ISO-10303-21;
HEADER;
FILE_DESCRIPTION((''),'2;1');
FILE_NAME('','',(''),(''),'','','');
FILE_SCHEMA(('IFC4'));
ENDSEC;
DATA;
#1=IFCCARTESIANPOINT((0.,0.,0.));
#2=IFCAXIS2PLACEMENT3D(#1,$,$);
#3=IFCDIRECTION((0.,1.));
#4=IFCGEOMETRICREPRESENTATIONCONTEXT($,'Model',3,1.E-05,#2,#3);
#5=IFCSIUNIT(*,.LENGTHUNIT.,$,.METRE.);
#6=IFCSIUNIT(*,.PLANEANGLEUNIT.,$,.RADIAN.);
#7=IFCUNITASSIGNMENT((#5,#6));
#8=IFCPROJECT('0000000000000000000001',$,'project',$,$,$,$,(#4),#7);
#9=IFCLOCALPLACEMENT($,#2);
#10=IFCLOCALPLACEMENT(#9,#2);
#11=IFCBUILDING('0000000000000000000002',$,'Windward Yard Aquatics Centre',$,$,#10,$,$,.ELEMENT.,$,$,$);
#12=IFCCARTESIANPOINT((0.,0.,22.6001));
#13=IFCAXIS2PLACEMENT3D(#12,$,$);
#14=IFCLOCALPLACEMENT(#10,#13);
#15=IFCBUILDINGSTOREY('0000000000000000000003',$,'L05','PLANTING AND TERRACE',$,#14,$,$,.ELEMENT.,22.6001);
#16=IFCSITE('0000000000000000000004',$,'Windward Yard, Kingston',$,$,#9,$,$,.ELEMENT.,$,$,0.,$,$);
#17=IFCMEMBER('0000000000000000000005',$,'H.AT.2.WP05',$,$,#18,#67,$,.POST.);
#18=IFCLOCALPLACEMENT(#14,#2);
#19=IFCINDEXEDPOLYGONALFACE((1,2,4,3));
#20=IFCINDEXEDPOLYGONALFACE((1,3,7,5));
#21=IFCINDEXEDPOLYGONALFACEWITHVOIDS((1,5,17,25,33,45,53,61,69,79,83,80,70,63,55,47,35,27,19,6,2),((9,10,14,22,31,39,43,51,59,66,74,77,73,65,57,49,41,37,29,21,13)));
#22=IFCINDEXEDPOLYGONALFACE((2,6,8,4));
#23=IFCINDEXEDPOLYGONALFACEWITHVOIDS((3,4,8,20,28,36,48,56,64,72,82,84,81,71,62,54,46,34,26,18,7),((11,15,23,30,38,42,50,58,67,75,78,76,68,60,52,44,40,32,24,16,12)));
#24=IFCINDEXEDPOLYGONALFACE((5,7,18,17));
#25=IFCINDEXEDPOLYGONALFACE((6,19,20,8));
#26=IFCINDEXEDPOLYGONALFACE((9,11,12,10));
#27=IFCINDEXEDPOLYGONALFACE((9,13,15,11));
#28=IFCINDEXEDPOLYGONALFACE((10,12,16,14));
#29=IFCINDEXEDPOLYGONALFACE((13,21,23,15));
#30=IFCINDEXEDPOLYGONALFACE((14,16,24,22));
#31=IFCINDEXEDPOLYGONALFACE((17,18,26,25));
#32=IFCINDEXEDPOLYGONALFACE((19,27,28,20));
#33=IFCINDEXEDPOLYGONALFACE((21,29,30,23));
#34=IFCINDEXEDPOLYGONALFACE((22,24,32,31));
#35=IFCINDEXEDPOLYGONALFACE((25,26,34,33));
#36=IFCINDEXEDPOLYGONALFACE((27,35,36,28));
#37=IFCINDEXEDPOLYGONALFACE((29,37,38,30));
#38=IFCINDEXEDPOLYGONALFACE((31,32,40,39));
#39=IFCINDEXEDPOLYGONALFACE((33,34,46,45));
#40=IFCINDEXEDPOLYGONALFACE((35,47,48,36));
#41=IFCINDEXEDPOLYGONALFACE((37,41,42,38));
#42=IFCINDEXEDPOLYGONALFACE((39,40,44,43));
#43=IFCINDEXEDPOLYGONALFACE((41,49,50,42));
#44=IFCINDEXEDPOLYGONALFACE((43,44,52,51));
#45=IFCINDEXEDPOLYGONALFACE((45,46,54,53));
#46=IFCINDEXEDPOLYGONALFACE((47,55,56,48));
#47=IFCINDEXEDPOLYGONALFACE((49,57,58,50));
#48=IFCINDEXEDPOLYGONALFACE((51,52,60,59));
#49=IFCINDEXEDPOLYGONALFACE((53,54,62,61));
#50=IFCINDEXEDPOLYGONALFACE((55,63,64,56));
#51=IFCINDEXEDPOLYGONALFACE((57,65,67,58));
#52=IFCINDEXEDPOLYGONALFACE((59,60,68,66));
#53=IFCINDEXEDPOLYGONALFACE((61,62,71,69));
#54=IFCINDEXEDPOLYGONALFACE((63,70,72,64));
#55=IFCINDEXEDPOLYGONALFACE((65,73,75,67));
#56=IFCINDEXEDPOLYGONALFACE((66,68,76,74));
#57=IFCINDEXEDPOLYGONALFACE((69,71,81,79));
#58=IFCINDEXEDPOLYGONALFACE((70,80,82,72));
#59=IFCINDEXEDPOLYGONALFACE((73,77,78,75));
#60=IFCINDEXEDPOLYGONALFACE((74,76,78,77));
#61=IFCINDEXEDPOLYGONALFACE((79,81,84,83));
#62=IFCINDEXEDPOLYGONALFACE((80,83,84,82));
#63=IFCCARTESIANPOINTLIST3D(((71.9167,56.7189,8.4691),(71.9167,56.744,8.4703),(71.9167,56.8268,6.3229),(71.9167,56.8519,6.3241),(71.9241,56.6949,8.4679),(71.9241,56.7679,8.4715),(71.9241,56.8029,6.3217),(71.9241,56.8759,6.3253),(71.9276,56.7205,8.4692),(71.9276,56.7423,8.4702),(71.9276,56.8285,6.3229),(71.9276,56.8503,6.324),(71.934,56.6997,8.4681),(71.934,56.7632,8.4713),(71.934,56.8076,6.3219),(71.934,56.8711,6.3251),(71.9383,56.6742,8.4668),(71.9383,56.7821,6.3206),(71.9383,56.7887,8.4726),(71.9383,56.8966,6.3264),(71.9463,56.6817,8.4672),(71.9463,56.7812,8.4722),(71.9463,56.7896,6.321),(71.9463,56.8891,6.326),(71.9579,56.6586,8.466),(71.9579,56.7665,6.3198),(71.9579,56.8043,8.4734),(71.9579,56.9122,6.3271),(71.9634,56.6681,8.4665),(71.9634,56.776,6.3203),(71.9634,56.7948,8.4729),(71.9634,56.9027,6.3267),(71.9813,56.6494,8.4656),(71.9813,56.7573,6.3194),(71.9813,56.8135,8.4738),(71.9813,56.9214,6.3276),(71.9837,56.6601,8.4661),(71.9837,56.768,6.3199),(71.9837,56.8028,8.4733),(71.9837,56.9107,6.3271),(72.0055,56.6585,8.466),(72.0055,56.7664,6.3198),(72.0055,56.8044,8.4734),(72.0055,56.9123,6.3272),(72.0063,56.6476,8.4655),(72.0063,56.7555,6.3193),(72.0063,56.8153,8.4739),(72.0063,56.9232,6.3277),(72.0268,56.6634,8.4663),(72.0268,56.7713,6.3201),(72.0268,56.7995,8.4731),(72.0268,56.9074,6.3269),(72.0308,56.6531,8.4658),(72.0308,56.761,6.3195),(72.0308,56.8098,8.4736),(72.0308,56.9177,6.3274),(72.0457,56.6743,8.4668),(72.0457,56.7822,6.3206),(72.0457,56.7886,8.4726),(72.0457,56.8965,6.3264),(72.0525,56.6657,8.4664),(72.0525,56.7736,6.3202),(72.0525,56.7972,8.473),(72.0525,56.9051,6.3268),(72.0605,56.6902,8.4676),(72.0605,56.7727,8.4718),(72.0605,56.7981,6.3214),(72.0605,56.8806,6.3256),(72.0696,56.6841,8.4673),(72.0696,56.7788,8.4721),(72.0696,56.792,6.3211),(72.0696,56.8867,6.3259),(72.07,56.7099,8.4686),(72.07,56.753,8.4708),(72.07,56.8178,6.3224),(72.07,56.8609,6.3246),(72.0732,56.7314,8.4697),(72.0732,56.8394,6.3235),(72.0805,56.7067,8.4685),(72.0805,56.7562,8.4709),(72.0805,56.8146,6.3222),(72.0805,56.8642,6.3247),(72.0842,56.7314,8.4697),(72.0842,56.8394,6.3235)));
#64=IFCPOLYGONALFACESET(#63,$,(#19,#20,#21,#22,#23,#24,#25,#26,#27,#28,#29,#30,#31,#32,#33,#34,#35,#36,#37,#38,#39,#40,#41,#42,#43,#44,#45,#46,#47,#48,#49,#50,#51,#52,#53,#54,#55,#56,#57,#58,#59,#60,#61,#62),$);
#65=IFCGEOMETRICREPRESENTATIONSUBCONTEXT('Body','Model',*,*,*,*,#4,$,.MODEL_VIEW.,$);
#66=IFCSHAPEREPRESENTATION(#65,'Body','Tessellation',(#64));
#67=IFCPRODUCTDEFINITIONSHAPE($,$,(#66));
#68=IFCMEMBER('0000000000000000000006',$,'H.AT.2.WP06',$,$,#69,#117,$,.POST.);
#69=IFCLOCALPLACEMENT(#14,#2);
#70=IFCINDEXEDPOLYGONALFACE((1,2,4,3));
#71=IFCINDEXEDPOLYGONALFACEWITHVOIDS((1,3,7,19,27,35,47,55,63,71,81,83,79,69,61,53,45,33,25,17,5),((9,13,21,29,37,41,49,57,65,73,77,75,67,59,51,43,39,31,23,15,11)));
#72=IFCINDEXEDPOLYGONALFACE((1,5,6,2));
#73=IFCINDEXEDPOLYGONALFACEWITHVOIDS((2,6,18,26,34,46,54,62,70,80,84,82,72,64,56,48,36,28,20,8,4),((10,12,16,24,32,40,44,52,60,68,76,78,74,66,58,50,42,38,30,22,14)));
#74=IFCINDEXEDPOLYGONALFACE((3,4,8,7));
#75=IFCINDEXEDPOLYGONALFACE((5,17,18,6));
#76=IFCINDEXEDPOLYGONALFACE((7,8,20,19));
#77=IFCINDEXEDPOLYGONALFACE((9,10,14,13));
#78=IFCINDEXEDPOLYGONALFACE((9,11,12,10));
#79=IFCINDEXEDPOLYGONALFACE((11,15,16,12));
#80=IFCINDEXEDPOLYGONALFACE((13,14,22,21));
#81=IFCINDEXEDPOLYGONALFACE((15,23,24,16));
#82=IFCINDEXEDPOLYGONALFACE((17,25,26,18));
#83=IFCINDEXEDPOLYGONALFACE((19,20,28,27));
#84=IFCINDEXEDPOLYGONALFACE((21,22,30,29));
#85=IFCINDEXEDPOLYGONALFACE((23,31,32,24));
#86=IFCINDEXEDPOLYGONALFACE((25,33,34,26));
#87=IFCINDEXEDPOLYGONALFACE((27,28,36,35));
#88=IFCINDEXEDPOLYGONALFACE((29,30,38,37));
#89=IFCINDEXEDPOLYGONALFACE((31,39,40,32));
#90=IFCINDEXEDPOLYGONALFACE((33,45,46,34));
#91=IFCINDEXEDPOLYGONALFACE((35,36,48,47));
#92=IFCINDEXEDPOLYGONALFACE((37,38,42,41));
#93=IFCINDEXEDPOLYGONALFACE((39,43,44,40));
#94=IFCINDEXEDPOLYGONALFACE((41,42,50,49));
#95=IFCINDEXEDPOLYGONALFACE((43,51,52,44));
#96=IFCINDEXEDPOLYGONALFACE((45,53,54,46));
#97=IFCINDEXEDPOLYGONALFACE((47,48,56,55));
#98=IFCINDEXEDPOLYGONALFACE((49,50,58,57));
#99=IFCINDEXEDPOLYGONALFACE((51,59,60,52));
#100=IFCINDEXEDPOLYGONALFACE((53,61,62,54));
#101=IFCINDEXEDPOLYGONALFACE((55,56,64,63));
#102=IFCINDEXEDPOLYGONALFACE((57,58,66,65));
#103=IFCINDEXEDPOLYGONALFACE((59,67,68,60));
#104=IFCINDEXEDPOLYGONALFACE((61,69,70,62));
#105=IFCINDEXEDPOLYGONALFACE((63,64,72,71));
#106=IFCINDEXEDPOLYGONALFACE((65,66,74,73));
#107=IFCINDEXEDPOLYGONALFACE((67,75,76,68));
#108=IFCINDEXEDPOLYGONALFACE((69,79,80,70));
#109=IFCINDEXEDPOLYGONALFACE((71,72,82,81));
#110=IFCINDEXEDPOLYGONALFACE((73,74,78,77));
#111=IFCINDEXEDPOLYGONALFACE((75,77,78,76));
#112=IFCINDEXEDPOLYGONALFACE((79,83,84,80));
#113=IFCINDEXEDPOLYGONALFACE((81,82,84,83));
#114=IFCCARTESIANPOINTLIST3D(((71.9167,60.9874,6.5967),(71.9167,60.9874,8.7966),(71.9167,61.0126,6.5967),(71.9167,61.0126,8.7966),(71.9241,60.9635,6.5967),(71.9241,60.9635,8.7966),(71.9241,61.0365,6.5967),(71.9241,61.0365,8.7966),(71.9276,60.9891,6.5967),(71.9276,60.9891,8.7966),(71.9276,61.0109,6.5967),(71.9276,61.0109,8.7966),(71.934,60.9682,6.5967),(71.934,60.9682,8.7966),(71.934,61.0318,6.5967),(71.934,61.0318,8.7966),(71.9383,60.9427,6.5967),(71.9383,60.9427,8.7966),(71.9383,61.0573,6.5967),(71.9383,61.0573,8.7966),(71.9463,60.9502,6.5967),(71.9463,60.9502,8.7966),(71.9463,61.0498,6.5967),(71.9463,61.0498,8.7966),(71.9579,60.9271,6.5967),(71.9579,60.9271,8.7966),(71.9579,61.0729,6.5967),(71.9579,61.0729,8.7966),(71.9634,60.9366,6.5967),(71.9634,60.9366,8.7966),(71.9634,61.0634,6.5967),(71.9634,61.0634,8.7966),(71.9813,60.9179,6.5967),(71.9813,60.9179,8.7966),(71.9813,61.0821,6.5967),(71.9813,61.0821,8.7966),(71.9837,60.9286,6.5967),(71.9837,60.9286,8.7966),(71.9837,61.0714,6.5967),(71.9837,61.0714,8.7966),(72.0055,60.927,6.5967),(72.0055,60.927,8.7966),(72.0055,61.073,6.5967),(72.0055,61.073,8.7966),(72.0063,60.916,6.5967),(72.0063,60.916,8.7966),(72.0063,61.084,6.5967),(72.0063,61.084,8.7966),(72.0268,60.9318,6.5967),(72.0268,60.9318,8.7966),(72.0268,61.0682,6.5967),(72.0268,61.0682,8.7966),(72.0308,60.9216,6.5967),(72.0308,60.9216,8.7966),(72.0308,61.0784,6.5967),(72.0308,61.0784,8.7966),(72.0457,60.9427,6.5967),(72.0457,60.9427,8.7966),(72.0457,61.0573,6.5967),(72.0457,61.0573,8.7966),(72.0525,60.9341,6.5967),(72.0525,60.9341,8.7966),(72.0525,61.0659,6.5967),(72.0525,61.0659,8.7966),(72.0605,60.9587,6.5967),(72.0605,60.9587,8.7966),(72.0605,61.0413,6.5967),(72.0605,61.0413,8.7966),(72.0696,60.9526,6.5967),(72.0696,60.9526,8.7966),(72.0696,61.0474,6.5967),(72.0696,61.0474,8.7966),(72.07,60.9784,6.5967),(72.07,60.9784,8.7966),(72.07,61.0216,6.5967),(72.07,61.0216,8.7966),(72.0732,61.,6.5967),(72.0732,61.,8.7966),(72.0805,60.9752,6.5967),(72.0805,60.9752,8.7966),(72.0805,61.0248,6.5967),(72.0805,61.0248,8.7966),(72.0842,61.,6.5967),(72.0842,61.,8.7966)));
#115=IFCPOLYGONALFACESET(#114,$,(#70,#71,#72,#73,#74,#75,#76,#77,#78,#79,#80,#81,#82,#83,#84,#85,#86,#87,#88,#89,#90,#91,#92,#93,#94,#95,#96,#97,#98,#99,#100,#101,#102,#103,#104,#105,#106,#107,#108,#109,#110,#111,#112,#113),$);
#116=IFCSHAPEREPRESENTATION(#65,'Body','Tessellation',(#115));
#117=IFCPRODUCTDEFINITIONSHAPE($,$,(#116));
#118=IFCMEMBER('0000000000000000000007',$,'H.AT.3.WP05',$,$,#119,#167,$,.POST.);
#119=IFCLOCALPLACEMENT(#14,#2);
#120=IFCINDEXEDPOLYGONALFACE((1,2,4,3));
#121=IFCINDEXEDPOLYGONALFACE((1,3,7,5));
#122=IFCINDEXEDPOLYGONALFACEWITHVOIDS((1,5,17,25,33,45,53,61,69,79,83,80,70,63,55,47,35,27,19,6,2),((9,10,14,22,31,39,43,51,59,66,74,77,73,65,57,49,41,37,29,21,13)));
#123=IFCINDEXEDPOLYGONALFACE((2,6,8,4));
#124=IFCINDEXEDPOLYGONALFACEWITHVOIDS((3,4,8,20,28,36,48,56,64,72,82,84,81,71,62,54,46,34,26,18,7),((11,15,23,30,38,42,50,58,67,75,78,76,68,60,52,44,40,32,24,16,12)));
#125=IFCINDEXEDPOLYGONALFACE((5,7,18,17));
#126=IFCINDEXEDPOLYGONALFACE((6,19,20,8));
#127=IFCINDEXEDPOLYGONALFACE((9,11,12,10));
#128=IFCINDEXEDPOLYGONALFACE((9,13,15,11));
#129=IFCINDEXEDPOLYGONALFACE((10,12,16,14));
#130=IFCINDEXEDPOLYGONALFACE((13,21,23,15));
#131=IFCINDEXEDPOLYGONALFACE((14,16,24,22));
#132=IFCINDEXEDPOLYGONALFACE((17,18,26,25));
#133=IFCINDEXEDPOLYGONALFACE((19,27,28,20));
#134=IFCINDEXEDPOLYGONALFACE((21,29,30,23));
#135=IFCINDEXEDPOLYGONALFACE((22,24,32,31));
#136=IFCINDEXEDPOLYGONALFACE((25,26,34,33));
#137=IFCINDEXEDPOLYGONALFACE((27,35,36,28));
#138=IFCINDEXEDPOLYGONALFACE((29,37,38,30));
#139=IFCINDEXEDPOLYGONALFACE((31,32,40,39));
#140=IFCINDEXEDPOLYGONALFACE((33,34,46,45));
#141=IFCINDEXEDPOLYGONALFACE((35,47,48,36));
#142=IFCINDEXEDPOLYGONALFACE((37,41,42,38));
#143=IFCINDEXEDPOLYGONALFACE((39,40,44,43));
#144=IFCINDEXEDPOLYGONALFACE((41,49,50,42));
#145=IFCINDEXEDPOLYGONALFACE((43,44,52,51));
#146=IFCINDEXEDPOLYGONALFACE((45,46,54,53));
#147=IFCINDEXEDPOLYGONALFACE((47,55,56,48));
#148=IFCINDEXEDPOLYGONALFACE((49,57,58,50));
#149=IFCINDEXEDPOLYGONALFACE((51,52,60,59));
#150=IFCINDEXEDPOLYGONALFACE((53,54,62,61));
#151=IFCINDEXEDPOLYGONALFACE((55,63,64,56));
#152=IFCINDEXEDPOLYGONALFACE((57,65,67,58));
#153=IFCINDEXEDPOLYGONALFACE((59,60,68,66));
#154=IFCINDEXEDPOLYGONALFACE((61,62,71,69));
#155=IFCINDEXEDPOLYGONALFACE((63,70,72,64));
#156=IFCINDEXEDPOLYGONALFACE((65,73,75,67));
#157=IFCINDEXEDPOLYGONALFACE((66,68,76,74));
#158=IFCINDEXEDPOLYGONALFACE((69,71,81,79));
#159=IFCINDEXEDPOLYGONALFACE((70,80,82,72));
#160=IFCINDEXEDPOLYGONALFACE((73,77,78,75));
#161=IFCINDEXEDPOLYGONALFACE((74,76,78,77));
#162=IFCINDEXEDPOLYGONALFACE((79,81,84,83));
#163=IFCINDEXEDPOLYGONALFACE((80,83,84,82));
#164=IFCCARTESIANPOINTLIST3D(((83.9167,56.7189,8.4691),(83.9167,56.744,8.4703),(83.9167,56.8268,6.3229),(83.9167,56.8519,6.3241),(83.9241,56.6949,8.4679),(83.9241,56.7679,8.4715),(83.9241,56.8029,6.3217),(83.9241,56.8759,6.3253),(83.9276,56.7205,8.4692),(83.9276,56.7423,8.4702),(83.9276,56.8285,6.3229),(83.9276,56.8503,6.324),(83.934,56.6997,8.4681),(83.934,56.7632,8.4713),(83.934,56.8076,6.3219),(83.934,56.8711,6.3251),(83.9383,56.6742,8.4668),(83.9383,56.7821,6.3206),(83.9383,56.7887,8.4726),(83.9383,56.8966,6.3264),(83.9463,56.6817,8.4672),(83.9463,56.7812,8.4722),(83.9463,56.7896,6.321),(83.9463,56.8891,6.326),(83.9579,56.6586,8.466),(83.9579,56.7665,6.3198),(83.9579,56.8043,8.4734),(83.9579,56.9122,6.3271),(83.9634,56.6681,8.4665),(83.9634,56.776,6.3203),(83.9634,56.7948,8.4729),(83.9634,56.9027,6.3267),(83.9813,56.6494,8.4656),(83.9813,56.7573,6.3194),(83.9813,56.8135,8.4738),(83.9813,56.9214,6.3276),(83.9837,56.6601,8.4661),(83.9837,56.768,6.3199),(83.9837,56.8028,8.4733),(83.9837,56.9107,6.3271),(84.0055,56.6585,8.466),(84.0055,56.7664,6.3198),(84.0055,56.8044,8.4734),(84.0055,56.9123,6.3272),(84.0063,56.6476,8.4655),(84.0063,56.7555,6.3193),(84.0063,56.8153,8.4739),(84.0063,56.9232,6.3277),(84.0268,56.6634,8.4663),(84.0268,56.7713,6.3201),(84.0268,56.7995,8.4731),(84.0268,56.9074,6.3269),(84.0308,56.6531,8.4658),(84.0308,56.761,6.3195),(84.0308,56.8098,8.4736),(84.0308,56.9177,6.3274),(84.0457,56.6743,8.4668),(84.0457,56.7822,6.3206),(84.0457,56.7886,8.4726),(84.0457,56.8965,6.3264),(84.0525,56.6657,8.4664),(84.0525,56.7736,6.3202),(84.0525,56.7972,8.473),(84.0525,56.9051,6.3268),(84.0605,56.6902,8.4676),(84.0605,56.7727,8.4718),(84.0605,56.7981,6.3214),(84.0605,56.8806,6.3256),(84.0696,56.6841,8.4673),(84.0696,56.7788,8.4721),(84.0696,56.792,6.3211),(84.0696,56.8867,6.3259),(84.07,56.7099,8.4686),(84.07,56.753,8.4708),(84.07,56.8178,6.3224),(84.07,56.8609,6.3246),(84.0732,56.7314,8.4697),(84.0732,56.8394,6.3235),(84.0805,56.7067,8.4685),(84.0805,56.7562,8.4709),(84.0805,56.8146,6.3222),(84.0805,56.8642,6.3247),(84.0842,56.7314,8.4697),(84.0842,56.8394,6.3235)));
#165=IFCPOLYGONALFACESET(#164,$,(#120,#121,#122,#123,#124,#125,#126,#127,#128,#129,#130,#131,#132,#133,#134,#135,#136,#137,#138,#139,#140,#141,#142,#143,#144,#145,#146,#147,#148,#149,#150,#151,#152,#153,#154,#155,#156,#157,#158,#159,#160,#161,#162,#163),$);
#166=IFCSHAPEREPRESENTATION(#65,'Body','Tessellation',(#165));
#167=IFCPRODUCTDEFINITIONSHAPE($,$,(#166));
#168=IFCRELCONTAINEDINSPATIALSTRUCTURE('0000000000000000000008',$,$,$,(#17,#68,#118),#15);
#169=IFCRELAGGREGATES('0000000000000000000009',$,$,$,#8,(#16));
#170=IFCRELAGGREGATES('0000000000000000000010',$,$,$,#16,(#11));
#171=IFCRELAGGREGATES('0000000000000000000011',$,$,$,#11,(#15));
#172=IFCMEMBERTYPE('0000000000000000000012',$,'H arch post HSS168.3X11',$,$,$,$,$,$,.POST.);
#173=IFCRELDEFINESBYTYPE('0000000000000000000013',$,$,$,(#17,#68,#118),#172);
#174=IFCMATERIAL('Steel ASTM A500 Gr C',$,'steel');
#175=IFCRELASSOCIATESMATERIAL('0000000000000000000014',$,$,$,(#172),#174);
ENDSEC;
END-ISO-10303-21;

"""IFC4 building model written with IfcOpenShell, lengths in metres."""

from ifc_helpers import new_model, si_unit, direction, frame, origin, origin_2d, place, context, subcontext, project, spatial, hollow_circle, extrude, material, material_profile, profile_set, type_object, element, save


model = new_model("IFC4")

# Units and contexts
model_context = context("Model", 3, precision=1e-05, world=origin(), true_north=direction((0.0, 1.0)))
body_context = subcontext(model_context, "Body", "Model", "MODEL_VIEW")
ifc_project = project(units=[si_unit("LENGTHUNIT", "METRE"), si_unit("PLANEANGLEUNIT", "RADIAN")], contexts=[model_context])

# Site, building, storey
site_placement = place(None, origin())
site = spatial("IfcSite", under=ifc_project, at=site_placement, Name="Windward Yard, Kingston", CompositionType="ELEMENT", RefElevation=0.0)
building_placement = place(site_placement, origin())
building = spatial("IfcBuilding", under=site, at=building_placement, Name="Windward Yard Aquatics Centre", CompositionType="ELEMENT")
storey_placement = place(building_placement, frame((0.0, 0.0, 22.6001)))
storey = spatial("IfcBuildingStorey", under=building, at=storey_placement, Name="L05", Description="PLANTING AND TERRACE", CompositionType="ELEMENT", Elevation=22.6001)

# Members
ifc_material_1 = material(Name="Steel ASTM A500 Gr C", Category="steel")
ifc_material_profile_1 = material_profile(ifc_material_1, hollow_circle(Radius=0.0842, WallThickness=0.011, at=origin_2d()), Name="HSS168.3X11")
ifc_profile_set_1 = profile_set([ifc_material_profile_1], Name="Steel ASTM A500 Gr C")
member_type_1 = type_object("IfcMemberType", Name="H arch post HSS168.3X11", PredefinedType="POST", material=ifc_profile_set_1)
member_1_placement = place(storey_placement, frame((72.0, 56.8394, 6.3235), z_axis=(0.0, -0.050215, 0.998738), x_axis=(1.0, 0.0, 0.0)))
element("IfcMember", 1, at=member_1_placement, inside=storey, type_object=member_type_1, Name="H.AT.2.WP05", PredefinedType="POST", context=body_context, shape_type="SweptSolid", body=[
    extrude(hollow_circle(Radius=0.0842, WallThickness=0.011, at=origin_2d()), origin(), (0.0, 0.0, 1.0), 2.1489),
])
member_2_placement = place(storey_placement, frame((72.0, 61.0, 6.5967), z_axis=(0.0, 0.0, 1.0), x_axis=(1.0, 0.0, 0.0)))
element("IfcMember", 2, at=member_2_placement, inside=storey, type_object=member_type_1, Name="H.AT.2.WP06", PredefinedType="POST", context=body_context, shape_type="SweptSolid", body=[
    extrude(hollow_circle(Radius=0.0842, WallThickness=0.011, at=origin_2d()), origin(), (0.0, 0.0, 1.0), 2.2),
])
member_3_placement = place(storey_placement, frame((84.0, 56.8394, 6.3235), z_axis=(0.0, -0.050215, 0.998738), x_axis=(1.0, 0.0, 0.0)))
element("IfcMember", 3, at=member_3_placement, inside=storey, type_object=member_type_1, Name="H.AT.3.WP05", PredefinedType="POST", context=body_context, shape_type="SweptSolid", body=[
    extrude(hollow_circle(Radius=0.0842, WallThickness=0.011, at=origin_2d()), origin(), (0.0, 0.0, 1.0), 2.1489),
])

save(model, "model.ifc")
